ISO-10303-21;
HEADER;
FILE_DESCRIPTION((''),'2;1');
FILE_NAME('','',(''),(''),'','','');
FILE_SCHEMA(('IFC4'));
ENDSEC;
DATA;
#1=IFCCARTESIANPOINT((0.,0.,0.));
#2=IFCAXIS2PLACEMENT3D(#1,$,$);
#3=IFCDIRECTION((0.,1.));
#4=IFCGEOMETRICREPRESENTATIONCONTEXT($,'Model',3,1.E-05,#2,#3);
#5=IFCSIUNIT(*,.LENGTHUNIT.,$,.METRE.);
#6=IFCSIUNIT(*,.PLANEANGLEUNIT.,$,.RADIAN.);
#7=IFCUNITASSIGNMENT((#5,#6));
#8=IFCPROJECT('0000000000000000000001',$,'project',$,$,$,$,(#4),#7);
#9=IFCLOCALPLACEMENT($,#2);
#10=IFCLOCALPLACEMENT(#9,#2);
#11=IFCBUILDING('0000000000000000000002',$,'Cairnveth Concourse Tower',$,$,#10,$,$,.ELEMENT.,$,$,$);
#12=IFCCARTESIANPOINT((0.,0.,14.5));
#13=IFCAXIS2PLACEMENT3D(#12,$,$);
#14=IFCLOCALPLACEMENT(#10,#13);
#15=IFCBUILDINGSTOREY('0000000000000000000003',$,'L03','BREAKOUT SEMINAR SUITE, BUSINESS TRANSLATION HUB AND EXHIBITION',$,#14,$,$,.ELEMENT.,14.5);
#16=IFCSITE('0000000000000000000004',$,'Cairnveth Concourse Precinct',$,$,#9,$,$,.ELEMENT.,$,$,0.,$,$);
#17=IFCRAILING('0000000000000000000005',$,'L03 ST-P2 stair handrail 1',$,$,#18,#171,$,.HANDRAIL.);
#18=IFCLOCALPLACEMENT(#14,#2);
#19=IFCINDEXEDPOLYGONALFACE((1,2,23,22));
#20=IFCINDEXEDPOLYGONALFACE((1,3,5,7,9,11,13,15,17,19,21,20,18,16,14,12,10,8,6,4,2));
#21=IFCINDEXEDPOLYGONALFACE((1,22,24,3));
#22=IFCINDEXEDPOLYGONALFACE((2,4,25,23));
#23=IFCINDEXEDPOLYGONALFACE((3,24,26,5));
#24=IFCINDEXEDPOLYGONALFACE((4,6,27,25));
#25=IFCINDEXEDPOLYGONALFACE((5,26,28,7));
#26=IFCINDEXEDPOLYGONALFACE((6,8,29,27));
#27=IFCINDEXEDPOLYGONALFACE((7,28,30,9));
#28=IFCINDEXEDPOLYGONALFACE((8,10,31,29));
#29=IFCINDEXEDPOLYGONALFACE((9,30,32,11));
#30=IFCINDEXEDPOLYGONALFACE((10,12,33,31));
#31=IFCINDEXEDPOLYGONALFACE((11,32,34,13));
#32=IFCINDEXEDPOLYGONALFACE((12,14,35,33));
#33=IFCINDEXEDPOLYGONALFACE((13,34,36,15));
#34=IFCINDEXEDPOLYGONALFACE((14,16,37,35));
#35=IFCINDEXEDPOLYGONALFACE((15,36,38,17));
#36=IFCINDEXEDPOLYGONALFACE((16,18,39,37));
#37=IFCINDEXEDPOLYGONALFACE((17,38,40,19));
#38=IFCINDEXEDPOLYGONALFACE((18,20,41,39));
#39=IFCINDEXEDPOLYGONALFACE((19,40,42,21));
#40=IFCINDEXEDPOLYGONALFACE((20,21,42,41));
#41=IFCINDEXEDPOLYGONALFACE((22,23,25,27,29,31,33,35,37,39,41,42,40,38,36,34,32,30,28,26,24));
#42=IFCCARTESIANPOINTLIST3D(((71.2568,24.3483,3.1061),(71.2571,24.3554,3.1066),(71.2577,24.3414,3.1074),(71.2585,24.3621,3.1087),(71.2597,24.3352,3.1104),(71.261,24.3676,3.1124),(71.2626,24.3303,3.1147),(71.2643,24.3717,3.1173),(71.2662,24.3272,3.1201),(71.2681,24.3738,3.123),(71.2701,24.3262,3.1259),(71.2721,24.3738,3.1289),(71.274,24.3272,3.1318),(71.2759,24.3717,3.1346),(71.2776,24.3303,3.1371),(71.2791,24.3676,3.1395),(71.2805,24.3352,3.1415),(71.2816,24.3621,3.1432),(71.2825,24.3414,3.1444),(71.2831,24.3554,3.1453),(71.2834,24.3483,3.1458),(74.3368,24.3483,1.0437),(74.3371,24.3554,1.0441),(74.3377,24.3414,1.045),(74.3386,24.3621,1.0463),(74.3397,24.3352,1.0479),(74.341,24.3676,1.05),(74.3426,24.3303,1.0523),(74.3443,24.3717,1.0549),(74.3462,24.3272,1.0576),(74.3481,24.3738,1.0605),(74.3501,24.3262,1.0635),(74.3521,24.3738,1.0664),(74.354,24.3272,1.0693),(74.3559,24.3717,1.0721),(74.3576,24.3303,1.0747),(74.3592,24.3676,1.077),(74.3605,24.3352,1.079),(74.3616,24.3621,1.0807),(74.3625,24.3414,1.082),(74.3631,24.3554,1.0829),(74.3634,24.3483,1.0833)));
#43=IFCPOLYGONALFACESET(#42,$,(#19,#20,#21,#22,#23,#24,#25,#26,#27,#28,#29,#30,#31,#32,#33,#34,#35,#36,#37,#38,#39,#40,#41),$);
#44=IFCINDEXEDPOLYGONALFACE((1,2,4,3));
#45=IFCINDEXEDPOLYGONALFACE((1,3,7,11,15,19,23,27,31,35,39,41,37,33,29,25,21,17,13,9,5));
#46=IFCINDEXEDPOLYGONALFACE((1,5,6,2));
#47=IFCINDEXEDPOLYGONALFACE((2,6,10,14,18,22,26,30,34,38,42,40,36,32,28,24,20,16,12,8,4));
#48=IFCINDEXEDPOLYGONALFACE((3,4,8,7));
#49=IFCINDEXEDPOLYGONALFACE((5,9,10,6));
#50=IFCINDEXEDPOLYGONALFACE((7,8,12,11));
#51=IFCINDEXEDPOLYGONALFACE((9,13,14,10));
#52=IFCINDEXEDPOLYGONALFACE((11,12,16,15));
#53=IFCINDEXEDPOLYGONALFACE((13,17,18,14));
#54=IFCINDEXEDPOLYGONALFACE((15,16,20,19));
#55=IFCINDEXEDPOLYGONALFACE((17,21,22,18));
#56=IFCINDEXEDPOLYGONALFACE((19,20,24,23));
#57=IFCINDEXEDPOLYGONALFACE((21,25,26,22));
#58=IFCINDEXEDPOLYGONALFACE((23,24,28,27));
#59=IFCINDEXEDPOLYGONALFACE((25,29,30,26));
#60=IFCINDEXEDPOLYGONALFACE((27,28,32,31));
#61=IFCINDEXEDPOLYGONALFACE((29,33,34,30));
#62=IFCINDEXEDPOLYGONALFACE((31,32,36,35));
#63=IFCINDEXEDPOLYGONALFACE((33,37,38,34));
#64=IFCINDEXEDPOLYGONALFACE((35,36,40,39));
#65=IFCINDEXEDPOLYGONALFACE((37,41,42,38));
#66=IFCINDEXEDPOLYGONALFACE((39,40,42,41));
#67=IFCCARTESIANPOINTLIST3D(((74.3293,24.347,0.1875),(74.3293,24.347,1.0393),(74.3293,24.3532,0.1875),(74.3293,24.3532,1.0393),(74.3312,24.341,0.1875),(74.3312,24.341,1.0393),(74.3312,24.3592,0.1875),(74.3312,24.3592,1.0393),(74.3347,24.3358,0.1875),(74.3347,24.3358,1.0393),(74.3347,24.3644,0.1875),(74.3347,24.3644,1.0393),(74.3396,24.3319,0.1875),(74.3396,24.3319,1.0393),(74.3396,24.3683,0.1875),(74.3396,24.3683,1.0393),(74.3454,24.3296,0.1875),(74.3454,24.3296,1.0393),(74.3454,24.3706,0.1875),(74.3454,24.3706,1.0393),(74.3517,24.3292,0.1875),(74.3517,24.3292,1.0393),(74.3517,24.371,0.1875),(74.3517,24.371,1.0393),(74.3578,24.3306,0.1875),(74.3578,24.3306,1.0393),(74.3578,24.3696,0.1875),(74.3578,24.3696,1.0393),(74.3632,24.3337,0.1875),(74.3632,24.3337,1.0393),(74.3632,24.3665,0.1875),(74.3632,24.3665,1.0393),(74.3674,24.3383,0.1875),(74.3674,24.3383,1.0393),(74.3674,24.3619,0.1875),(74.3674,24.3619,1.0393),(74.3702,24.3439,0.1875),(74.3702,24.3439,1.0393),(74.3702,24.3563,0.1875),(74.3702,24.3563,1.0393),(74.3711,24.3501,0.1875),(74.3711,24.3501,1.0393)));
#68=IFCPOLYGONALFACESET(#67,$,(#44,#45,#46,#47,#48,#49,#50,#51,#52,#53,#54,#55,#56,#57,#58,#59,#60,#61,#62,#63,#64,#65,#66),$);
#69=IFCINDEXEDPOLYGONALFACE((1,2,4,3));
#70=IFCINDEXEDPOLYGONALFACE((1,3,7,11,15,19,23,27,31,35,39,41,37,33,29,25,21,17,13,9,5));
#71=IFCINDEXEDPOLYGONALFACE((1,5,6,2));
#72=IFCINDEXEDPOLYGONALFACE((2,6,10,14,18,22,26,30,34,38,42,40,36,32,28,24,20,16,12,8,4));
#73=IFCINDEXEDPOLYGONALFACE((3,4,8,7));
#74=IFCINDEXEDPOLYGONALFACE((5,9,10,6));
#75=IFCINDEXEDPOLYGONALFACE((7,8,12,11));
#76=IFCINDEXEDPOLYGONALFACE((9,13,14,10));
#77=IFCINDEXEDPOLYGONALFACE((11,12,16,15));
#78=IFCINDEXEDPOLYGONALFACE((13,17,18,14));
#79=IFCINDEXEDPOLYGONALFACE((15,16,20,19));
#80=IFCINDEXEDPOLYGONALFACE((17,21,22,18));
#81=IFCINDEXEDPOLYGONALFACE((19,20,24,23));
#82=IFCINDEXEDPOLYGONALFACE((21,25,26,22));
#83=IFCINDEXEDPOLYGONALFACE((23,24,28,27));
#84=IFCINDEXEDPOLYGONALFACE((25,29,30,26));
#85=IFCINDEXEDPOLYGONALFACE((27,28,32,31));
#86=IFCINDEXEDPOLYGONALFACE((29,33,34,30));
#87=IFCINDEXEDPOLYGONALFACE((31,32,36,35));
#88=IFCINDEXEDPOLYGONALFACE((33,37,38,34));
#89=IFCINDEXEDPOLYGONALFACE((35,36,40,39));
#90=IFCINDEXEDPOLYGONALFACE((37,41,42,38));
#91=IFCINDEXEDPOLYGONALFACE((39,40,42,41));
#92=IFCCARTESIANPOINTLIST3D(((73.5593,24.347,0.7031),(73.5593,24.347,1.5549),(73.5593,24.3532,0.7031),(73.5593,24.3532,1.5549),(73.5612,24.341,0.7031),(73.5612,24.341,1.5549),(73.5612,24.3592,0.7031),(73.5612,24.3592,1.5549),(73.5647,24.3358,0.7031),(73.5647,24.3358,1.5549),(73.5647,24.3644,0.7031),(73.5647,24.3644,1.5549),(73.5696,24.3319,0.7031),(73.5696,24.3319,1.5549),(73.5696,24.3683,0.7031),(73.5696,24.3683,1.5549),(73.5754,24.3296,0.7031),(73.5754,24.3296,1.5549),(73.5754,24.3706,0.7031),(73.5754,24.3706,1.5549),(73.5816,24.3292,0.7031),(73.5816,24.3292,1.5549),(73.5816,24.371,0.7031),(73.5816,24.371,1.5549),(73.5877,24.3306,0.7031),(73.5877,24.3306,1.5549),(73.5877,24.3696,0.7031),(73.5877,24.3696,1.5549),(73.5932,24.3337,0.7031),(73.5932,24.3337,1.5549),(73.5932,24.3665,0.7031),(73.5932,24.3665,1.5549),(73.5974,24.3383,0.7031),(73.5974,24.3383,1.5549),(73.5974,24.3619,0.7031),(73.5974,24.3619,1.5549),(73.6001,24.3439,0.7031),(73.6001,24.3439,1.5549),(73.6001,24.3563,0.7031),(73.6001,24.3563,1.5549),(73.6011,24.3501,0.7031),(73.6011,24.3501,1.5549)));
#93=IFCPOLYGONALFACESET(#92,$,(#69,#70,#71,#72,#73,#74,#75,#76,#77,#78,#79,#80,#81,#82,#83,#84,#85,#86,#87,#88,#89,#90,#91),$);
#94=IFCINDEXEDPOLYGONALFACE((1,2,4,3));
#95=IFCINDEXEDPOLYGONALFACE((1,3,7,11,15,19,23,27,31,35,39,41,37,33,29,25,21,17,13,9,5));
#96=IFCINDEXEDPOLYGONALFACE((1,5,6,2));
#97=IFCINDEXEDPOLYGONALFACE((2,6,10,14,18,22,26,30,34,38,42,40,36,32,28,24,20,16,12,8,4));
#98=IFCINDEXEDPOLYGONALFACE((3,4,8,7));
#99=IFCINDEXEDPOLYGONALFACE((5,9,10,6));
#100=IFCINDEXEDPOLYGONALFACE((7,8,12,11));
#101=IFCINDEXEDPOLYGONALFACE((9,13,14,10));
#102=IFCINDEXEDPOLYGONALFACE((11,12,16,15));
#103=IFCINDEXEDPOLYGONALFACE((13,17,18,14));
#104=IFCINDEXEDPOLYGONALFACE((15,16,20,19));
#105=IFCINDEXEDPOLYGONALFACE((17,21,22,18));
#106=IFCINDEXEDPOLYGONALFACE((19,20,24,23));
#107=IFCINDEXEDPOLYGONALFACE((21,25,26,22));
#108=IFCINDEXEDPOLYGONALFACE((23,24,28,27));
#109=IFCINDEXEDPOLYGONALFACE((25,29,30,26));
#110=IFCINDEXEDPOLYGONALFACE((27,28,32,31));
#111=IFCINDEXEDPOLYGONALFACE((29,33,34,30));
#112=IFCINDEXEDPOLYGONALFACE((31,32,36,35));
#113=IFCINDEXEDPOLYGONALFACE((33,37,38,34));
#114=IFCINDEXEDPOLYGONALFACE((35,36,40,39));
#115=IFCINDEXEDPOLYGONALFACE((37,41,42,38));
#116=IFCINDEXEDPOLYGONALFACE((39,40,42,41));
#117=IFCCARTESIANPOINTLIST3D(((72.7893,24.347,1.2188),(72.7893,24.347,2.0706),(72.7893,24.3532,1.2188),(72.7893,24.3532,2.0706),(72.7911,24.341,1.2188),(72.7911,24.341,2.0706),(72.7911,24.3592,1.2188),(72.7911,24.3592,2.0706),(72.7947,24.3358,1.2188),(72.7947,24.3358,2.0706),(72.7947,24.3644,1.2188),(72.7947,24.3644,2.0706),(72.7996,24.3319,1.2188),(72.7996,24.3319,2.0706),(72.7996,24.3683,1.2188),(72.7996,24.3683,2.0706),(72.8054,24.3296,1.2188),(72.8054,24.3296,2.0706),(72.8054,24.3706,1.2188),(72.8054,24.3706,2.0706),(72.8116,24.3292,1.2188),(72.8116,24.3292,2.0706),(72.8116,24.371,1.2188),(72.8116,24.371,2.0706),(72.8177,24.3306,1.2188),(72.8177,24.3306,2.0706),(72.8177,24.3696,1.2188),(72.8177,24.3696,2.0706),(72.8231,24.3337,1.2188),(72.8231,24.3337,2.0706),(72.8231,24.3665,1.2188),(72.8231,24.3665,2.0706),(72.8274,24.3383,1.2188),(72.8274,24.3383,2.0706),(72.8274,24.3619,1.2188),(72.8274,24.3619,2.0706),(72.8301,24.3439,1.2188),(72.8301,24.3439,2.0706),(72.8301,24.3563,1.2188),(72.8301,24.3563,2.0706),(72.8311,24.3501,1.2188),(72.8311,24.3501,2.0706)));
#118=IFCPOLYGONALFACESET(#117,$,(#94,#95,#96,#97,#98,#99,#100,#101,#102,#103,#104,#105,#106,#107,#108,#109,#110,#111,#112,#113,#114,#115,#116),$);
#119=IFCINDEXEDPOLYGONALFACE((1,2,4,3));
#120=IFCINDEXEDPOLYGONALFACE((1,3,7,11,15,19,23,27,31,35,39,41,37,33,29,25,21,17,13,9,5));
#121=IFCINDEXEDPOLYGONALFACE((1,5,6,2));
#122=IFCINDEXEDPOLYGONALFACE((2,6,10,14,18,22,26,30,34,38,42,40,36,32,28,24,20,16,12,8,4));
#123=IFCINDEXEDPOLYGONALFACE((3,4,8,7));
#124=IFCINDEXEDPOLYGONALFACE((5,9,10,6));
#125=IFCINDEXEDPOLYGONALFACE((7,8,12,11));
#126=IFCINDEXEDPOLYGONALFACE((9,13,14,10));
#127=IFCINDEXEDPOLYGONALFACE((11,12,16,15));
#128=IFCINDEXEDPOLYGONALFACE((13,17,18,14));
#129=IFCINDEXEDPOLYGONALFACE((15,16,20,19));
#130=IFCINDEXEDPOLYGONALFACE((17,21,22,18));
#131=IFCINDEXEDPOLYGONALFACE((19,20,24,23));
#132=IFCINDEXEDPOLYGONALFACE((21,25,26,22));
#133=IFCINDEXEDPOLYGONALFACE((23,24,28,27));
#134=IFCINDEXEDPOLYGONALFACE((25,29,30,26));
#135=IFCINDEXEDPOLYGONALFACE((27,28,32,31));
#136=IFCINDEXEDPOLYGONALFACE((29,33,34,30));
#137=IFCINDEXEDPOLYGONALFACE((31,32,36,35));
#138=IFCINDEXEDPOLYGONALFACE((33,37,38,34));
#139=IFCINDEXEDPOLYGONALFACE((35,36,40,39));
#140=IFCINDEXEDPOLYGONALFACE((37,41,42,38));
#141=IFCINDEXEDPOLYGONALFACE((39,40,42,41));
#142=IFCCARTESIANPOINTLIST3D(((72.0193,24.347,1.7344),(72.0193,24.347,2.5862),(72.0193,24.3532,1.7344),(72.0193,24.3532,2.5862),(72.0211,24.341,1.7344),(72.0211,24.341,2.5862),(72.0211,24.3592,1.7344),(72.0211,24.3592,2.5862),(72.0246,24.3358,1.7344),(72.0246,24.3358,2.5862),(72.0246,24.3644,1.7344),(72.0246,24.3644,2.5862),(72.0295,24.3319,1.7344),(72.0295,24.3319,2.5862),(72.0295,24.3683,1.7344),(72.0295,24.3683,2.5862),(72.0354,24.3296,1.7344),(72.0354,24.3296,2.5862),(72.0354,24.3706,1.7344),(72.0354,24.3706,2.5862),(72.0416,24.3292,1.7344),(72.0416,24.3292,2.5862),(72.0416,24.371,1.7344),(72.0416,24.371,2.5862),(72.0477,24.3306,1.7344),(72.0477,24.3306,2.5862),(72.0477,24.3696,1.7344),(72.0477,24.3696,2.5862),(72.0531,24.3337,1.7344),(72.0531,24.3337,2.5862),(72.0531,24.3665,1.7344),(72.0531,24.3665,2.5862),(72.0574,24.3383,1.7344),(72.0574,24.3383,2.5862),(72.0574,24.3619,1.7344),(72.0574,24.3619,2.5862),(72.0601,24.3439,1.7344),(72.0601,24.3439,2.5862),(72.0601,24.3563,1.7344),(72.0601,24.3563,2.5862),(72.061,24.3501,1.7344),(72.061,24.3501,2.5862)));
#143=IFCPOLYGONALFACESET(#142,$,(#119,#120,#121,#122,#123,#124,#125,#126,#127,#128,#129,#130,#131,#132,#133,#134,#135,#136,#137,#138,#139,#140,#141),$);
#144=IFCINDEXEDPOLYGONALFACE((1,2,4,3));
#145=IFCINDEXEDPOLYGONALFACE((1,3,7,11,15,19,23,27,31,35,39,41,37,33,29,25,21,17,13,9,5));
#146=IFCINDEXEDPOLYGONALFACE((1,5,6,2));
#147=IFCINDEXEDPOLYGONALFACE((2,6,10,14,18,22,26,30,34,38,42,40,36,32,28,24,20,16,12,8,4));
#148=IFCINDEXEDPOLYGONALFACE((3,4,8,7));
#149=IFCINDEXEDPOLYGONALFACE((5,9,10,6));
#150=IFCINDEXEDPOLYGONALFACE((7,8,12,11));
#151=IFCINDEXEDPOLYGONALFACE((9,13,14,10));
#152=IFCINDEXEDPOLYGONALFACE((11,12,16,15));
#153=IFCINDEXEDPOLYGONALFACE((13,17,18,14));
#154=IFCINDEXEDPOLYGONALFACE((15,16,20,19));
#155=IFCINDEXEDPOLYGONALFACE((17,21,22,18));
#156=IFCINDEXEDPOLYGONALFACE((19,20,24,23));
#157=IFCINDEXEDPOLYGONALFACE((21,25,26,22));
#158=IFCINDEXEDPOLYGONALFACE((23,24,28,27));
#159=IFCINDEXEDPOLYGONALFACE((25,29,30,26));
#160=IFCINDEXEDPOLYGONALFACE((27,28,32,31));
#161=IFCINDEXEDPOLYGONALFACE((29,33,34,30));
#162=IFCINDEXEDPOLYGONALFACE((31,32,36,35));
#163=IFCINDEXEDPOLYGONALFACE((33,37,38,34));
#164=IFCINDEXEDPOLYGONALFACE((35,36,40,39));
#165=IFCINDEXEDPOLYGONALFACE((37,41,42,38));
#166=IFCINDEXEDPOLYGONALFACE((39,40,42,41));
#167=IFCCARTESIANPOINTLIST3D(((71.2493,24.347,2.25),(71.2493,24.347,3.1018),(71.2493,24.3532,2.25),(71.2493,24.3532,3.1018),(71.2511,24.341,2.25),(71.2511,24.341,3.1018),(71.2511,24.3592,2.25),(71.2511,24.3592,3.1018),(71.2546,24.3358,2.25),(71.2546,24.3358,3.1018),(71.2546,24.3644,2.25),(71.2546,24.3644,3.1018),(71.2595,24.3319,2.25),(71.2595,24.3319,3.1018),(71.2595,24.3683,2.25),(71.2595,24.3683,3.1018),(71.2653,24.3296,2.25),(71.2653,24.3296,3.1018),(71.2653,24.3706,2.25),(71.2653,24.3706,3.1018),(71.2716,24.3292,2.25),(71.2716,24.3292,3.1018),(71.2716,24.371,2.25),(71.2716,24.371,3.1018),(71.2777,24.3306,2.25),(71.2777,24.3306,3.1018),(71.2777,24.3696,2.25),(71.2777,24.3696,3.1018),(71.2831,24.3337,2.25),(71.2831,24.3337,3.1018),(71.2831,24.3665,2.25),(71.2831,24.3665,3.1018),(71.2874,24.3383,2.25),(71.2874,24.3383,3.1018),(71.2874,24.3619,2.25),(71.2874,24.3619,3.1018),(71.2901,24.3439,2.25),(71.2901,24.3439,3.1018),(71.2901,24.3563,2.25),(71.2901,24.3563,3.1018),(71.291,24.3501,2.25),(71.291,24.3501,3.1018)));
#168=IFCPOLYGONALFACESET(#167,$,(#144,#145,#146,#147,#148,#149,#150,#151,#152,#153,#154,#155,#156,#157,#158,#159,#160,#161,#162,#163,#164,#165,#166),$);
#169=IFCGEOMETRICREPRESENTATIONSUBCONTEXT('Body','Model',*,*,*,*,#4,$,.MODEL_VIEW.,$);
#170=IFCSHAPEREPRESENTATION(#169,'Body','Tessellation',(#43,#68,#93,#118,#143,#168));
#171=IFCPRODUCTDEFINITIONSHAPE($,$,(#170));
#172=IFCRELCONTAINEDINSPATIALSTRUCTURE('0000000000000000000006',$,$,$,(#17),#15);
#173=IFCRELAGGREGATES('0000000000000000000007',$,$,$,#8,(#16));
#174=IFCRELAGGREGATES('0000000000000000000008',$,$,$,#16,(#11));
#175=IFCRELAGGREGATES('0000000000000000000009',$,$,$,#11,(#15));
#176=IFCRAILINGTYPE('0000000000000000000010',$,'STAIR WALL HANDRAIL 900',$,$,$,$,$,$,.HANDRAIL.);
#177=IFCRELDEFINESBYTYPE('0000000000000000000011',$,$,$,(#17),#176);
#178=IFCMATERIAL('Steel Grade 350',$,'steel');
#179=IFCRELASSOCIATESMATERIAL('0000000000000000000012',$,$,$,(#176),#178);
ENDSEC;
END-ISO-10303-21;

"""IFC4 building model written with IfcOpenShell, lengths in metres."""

from ifc_helpers import new_model, si_unit, direction, frame, origin, origin_2d, place, context, subcontext, project, spatial, circle, extrude, material, type_object, element, save


model = new_model("IFC4")

# Units and contexts
model_context = context("Model", 3, precision=1e-05, world=origin(), true_north=direction((0.0, 1.0)))
body_context = subcontext(model_context, "Body", "Model", "MODEL_VIEW")
ifc_project = project(units=[si_unit("LENGTHUNIT", "METRE"), si_unit("PLANEANGLEUNIT", "RADIAN")], contexts=[model_context])

# Site, building, storey
site_placement = place(None, origin())
site = spatial("IfcSite", under=ifc_project, at=site_placement, Name="Cairnveth Concourse Precinct", CompositionType="ELEMENT", RefElevation=0.0)
building_placement = place(site_placement, origin())
building = spatial("IfcBuilding", under=site, at=building_placement, Name="Cairnveth Concourse Tower", CompositionType="ELEMENT")
storey_placement = place(building_placement, frame((0.0, 0.0, 14.5)))
storey = spatial("IfcBuildingStorey", under=building, at=storey_placement, Name="L03", Description="BREAKOUT SEMINAR SUITE, BUSINESS TRANSLATION HUB AND EXHIBITION", CompositionType="ELEMENT", Elevation=14.5)

# Shared definitions
ifc_material_1 = material(Name="Steel Grade 350", Category="steel")

# Railing
railing_type_1 = type_object("IfcRailingType", Name="STAIR WALL HANDRAIL 900", PredefinedType="HANDRAIL", material=ifc_material_1)
railing_1_placement = place(storey_placement, frame((74.3501, 24.3501, 0.1875)))
element("IfcRailing", 1, at=railing_1_placement, inside=storey, type_object=railing_type_1, Name="L03 ST-P2 stair handrail 1", PredefinedType="HANDRAIL", context=body_context, shape_type="SweptSolid", body=[
    extrude(circle(Radius=0.0239, at=origin_2d()), frame((0.0, 0.0, 0.876), z_axis=(-0.830914, 0.0, 0.556401), x_axis=(0.0, -1.0, 0.0)), (0.0, 0.0, 1.0), 3.7068),
    extrude(circle(Radius=0.021, at=origin_2d()), origin(), (0.0, 0.0, 1.0), 0.8518),
    extrude(circle(Radius=0.021, at=origin_2d()), frame((-0.77, 0.0, 0.5156)), (0.0, 0.0, 1.0), 0.8518),
    extrude(circle(Radius=0.021, at=origin_2d()), frame((-1.54, 0.0, 1.0312)), (0.0, 0.0, 1.0), 0.8518),
    extrude(circle(Radius=0.021, at=origin_2d()), frame((-2.3101, 0.0, 1.5469)), (0.0, 0.0, 1.0), 0.8518),
    extrude(circle(Radius=0.021, at=origin_2d()), frame((-3.0801, 0.0, 2.0625)), (0.0, 0.0, 1.0), 0.8518),
])

save(model, "model.ifc")
